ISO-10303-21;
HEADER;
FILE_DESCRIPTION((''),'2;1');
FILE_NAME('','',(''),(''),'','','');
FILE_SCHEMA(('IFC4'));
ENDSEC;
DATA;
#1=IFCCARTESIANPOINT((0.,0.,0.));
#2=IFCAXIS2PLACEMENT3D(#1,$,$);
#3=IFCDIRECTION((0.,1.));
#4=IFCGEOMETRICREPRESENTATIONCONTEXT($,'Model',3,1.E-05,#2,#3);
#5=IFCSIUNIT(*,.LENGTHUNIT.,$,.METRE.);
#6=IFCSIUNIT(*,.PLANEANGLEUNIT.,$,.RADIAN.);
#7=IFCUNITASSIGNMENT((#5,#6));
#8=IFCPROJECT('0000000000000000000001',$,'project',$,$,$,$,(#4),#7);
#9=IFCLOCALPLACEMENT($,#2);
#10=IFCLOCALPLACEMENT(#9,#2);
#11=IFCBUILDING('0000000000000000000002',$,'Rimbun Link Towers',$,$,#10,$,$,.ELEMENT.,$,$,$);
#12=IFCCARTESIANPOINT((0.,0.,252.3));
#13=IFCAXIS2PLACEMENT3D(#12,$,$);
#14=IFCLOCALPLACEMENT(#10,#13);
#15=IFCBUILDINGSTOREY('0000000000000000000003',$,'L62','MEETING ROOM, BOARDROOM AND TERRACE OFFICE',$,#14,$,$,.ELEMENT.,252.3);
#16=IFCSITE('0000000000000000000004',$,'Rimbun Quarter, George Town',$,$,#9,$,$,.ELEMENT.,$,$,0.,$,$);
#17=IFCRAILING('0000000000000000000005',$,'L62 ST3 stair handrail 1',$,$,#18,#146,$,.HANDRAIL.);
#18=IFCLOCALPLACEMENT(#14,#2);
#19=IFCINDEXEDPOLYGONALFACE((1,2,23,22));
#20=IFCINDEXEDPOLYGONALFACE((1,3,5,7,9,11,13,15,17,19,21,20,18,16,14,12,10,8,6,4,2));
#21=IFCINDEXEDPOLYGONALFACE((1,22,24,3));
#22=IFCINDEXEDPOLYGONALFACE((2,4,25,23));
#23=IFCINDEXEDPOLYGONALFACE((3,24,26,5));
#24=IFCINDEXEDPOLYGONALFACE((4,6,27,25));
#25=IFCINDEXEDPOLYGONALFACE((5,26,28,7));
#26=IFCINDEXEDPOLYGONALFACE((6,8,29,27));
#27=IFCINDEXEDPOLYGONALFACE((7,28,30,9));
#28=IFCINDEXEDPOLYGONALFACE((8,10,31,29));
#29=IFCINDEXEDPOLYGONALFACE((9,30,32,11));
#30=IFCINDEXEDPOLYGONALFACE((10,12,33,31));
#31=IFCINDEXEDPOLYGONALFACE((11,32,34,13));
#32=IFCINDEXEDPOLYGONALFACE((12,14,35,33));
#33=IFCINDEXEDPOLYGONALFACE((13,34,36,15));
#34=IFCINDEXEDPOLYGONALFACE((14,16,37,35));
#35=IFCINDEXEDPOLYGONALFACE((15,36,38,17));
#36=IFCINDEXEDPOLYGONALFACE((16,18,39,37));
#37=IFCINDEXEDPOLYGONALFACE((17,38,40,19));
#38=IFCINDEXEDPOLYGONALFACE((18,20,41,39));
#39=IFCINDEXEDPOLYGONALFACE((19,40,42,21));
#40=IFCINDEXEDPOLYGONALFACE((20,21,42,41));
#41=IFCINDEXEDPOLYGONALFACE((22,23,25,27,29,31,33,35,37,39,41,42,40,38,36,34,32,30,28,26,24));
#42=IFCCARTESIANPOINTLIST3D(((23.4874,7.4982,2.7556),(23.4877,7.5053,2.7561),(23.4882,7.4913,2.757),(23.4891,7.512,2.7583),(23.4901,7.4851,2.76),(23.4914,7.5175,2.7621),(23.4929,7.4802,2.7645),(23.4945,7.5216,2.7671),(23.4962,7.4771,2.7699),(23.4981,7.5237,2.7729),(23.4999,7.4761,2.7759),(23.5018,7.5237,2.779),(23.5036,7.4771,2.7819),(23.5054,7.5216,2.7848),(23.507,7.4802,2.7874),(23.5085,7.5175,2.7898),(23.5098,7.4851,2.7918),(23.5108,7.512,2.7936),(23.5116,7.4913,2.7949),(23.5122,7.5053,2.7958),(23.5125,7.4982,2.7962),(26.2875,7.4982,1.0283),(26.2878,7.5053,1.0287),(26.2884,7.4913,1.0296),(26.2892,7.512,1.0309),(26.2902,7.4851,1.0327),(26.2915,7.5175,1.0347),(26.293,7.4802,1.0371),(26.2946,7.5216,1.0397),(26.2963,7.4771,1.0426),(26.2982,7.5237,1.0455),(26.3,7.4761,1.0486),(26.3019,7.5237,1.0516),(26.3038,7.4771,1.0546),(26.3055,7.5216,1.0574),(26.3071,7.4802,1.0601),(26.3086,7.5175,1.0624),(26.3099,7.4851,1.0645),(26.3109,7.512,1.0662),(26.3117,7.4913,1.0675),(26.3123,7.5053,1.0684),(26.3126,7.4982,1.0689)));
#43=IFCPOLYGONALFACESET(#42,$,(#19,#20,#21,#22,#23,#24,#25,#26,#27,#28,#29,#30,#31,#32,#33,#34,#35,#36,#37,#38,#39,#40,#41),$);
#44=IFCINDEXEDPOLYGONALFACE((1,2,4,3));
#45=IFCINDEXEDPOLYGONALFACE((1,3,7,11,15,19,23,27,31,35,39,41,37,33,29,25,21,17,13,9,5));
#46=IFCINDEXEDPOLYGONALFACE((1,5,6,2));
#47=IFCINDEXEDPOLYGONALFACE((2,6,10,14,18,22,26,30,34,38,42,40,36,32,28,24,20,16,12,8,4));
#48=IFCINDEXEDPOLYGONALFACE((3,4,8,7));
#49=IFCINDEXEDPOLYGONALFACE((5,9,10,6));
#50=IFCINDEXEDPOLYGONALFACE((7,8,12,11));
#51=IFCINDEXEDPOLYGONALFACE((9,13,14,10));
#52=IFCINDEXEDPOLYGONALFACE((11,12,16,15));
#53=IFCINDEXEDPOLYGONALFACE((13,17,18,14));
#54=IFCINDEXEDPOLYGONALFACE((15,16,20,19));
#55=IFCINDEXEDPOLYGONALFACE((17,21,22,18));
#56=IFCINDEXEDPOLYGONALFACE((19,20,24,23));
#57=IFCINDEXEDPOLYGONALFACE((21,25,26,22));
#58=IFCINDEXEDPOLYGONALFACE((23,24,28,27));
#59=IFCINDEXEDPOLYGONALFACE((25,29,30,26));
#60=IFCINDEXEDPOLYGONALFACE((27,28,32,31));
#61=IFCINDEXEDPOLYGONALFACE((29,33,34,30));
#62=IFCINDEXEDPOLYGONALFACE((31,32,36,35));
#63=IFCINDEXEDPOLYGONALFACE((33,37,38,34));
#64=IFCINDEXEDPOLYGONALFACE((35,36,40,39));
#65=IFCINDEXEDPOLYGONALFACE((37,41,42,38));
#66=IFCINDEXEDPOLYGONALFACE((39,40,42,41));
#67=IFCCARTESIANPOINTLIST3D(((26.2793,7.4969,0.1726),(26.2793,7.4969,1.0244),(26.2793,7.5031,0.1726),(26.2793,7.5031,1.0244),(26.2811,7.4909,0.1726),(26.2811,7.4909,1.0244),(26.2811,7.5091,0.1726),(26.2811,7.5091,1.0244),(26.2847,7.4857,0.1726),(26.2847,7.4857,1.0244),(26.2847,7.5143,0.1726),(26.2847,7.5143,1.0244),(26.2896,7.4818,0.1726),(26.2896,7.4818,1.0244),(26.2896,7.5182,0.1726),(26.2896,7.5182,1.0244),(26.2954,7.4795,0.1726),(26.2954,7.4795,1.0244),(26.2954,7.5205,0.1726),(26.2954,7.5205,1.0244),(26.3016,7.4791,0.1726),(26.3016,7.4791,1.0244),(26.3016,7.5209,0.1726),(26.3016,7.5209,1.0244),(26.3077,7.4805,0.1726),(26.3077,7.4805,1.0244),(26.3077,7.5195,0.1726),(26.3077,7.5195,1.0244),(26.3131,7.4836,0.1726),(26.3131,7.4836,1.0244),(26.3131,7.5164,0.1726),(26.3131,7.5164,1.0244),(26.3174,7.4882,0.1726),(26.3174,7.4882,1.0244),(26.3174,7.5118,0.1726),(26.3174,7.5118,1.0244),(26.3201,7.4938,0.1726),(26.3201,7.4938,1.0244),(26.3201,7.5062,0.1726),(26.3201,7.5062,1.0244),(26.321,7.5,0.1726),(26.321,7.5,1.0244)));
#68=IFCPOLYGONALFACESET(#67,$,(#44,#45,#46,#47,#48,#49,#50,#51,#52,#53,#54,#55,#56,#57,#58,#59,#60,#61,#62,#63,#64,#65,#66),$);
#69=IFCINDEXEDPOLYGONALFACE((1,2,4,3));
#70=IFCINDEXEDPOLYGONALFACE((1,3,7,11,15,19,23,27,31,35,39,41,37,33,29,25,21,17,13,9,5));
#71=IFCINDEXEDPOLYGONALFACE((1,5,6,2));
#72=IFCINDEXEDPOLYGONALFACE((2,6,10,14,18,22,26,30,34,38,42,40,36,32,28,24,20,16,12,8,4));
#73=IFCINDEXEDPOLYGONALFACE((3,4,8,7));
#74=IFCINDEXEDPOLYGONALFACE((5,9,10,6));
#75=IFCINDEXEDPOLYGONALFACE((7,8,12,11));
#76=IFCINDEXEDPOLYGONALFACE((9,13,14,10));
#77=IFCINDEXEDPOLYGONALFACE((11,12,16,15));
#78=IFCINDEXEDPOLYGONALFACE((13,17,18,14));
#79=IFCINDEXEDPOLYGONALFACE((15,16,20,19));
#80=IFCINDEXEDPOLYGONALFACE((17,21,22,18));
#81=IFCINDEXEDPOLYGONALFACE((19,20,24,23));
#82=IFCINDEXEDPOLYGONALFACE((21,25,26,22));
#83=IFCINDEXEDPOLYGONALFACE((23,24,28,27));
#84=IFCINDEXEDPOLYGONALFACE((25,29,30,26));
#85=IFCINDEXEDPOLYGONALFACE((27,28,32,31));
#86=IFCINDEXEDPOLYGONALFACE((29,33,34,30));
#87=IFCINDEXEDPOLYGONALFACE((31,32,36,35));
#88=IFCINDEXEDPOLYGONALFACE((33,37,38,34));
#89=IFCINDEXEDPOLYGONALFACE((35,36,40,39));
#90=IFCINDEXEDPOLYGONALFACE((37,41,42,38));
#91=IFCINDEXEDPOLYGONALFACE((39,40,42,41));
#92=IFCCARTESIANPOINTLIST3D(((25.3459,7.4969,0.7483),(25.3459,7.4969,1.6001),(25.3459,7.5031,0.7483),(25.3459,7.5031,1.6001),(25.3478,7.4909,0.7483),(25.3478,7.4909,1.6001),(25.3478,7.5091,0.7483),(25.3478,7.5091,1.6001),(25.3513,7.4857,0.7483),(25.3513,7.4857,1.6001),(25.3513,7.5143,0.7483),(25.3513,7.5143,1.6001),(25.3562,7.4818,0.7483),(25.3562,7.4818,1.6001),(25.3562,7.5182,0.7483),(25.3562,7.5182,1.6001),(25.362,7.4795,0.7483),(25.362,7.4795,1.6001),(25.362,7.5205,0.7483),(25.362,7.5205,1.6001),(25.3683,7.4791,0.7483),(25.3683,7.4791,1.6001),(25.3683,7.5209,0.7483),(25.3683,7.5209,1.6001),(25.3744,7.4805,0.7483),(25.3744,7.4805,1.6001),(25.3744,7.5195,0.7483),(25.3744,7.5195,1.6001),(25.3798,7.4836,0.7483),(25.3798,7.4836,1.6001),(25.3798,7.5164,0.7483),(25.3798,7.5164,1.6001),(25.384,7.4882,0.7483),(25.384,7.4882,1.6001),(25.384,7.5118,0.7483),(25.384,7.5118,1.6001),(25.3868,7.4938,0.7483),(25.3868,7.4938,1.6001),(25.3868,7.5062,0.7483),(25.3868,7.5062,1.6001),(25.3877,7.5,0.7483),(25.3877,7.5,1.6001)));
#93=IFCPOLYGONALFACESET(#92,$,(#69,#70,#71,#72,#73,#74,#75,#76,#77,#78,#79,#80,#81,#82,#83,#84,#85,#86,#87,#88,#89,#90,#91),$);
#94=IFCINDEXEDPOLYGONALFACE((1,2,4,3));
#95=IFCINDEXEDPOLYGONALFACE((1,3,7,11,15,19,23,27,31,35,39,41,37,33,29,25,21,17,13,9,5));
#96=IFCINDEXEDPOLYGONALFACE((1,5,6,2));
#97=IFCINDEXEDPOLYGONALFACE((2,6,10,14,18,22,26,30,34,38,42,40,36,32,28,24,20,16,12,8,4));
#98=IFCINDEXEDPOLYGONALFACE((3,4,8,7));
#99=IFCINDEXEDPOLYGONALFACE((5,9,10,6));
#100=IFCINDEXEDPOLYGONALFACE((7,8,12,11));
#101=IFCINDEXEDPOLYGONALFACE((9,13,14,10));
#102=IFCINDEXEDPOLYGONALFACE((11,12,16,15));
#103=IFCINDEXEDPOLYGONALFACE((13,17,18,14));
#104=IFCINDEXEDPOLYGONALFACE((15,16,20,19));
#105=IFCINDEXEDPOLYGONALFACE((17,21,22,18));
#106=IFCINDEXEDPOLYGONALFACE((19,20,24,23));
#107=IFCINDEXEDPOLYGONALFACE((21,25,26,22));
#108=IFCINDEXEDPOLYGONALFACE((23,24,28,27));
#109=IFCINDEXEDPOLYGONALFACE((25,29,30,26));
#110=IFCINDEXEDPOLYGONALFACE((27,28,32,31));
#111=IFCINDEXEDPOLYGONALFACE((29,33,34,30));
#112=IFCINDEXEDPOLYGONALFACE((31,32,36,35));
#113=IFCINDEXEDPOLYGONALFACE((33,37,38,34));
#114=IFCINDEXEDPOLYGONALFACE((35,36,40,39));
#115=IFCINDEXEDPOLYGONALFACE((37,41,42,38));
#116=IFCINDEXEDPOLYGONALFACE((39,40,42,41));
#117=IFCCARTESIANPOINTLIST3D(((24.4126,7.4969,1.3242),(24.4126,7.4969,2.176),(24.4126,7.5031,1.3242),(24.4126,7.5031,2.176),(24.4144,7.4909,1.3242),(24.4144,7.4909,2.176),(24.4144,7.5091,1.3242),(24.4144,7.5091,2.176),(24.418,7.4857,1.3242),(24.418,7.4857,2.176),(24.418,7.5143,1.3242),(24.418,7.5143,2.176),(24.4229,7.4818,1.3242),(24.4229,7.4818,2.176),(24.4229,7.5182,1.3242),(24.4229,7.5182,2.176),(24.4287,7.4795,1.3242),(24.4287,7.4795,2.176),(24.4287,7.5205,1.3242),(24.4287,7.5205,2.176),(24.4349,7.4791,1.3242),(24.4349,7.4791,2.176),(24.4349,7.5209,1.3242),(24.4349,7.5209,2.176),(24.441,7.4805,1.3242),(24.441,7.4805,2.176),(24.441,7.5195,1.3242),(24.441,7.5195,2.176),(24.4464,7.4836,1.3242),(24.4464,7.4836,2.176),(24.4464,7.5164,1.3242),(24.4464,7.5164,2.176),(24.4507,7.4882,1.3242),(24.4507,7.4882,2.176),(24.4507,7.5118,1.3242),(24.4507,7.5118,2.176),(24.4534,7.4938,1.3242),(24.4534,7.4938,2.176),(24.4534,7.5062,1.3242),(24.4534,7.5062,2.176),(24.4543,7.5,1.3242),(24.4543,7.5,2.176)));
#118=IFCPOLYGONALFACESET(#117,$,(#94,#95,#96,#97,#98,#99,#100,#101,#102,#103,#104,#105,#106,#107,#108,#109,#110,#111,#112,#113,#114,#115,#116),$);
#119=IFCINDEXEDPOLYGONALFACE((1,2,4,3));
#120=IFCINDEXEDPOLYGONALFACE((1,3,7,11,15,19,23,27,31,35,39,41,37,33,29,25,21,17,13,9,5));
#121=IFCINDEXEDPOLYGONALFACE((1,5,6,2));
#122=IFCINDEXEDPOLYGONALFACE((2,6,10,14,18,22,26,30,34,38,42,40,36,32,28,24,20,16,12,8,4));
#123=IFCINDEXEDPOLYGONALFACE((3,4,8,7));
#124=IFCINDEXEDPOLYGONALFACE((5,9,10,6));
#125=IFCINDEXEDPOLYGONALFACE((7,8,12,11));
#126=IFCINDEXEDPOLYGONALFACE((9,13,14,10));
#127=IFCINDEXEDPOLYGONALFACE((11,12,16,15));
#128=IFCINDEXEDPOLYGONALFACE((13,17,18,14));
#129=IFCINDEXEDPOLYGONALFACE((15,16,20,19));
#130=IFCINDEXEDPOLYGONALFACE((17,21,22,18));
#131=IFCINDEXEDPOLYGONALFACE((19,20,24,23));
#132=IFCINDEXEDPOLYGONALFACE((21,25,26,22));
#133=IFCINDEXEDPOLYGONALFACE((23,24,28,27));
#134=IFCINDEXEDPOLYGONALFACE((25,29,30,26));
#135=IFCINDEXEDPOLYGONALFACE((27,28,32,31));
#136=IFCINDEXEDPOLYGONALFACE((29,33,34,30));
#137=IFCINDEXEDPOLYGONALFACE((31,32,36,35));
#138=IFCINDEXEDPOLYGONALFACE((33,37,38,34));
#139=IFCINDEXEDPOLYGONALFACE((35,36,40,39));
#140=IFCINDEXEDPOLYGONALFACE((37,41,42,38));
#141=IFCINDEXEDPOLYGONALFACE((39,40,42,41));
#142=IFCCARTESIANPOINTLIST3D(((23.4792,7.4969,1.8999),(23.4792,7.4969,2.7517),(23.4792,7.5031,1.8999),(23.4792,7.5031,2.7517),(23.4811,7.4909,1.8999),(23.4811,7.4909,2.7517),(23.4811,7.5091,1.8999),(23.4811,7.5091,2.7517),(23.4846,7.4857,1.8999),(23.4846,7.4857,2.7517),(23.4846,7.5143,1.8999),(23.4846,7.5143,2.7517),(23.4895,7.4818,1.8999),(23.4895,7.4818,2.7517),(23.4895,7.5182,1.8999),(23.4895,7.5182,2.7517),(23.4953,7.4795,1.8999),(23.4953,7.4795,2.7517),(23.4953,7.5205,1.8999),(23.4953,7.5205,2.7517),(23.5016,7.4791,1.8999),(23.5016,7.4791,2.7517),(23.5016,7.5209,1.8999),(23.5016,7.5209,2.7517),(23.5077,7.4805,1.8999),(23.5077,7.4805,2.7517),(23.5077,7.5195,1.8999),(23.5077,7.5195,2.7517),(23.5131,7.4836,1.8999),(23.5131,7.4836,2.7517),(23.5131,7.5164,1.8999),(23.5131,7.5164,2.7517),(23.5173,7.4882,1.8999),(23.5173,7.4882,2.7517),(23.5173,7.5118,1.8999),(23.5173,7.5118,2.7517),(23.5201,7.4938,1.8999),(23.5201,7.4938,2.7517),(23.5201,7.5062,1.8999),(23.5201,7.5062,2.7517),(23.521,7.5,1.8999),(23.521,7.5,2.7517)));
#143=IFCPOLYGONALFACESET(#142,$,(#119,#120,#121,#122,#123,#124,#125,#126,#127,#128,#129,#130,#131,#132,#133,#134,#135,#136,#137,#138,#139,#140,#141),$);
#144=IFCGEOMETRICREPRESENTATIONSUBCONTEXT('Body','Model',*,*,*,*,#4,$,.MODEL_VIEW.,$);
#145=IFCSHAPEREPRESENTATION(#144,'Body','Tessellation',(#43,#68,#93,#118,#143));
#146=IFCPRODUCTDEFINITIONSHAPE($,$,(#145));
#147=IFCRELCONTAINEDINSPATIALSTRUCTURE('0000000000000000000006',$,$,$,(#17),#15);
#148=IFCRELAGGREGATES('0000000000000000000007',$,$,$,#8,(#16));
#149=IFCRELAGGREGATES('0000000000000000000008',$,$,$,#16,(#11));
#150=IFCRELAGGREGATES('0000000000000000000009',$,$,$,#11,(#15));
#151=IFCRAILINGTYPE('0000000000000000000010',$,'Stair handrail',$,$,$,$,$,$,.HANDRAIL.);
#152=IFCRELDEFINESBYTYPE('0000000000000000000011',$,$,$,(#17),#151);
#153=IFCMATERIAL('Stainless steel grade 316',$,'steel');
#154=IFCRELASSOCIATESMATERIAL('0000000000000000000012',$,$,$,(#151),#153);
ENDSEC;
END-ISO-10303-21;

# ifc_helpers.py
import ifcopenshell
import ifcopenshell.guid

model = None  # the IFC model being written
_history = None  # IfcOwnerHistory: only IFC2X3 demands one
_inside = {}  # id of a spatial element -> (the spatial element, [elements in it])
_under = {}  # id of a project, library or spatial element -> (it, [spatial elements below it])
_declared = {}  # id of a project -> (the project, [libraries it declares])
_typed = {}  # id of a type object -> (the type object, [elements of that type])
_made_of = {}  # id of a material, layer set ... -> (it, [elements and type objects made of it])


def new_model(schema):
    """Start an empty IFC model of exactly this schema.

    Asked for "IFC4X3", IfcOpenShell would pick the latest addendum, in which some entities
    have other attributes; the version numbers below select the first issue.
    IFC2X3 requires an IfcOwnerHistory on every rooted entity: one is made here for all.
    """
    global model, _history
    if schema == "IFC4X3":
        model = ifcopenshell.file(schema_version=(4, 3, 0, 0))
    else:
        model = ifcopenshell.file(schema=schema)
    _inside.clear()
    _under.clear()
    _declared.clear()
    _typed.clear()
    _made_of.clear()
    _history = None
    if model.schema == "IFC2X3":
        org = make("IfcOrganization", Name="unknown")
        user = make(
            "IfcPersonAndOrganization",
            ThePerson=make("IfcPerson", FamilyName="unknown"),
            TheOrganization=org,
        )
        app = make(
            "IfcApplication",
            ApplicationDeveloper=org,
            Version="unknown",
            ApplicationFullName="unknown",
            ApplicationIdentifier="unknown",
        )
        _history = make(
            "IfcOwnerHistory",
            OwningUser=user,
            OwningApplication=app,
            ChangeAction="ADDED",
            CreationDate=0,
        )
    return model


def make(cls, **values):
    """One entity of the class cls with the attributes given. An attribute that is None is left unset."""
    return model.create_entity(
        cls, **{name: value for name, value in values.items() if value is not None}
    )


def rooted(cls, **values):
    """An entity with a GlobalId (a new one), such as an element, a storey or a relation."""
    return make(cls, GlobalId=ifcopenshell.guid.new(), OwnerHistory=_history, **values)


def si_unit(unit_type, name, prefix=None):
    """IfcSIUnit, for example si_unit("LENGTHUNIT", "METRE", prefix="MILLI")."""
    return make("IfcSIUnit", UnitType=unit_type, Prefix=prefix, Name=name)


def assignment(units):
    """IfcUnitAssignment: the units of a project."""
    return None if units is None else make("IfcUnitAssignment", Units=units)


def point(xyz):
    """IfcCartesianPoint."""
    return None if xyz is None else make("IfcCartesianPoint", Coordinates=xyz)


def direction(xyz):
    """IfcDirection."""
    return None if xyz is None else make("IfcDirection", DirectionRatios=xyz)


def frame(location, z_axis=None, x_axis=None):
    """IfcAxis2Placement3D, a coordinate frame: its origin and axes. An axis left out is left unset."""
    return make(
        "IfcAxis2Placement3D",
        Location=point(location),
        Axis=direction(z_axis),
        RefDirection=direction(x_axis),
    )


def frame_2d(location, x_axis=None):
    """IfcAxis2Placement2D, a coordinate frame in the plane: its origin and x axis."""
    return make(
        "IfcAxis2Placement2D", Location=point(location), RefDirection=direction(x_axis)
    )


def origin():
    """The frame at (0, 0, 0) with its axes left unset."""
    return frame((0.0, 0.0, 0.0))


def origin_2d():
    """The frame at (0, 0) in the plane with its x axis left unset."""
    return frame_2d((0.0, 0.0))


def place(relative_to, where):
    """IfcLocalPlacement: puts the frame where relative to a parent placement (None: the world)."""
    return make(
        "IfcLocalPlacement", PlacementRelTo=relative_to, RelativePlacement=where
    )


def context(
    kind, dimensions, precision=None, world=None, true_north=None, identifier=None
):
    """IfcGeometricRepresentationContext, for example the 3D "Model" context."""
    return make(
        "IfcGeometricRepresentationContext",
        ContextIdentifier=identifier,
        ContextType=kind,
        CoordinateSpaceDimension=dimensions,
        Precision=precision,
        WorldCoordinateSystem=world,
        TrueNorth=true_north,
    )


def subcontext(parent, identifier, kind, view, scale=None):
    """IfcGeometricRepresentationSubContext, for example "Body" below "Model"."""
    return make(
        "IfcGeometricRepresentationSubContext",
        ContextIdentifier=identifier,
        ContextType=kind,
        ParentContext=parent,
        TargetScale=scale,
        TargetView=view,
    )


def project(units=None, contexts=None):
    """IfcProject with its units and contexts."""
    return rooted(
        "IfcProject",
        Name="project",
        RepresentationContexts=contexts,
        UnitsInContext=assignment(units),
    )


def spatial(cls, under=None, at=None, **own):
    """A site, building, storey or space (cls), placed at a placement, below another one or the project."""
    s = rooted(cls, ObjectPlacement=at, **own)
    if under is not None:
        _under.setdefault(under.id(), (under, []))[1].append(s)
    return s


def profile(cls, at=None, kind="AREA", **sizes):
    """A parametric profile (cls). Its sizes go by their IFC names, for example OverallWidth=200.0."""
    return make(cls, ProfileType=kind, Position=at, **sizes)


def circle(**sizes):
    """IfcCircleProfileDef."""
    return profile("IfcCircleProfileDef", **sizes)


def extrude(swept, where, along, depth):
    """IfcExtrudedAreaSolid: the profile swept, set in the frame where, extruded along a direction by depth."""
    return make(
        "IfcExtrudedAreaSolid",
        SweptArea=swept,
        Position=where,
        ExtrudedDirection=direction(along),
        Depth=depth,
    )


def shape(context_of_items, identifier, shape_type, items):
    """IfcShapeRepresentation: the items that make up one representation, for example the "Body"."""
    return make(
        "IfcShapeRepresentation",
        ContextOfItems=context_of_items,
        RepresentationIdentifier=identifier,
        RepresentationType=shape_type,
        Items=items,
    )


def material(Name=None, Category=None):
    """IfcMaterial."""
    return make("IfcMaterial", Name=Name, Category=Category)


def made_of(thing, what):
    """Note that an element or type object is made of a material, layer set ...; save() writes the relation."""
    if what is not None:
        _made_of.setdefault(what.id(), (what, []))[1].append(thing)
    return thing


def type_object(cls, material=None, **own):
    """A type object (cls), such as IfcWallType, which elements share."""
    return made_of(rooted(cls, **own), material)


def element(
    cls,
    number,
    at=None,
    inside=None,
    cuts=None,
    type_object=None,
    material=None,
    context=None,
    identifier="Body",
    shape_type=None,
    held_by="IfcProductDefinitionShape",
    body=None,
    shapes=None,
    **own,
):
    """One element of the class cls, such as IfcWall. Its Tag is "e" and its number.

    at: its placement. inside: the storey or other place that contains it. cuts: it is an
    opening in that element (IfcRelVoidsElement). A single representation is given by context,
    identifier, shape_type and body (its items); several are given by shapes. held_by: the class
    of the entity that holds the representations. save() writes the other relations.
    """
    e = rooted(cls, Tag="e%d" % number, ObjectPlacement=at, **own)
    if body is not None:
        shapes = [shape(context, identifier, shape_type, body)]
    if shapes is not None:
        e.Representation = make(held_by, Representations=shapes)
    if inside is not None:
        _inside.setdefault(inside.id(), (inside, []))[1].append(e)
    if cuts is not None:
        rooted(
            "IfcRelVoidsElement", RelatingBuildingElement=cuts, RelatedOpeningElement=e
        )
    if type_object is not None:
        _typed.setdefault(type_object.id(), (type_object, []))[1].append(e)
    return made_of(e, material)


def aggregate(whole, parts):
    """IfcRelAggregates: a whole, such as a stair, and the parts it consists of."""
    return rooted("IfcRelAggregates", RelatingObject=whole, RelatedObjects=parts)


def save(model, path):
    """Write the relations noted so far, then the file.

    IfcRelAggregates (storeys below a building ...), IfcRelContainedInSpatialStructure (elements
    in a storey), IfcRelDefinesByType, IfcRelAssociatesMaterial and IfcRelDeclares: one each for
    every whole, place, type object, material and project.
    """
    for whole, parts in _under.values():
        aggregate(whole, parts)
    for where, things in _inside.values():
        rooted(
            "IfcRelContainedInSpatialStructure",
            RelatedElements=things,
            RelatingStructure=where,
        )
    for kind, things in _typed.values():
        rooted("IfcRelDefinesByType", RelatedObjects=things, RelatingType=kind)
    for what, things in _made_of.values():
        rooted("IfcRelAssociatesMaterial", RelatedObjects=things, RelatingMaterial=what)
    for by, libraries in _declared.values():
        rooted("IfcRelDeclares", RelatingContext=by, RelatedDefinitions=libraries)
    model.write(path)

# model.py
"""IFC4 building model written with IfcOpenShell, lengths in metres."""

from ifc_helpers import new_model, si_unit, direction, frame, origin, origin_2d, place, context, subcontext, project, spatial, circle, extrude, material, type_object, element, save


model = new_model("IFC4")

# Units and contexts
model_context = context("Model", 3, precision=1e-05, world=origin(), true_north=direction((0.0, 1.0)))
body_context = subcontext(model_context, "Body", "Model", "MODEL_VIEW")
ifc_project = project(units=[si_unit("LENGTHUNIT", "METRE"), si_unit("PLANEANGLEUNIT", "RADIAN")], contexts=[model_context])

# Site, building, storey
site_placement = place(None, origin())
site = spatial("IfcSite", under=ifc_project, at=site_placement, Name="Rimbun Quarter, George Town", CompositionType="ELEMENT", RefElevation=0.0)
building_placement = place(site_placement, origin())
building = spatial("IfcBuilding", under=site, at=building_placement, Name="Rimbun Link Towers", CompositionType="ELEMENT")
storey_placement = place(building_placement, frame((0.0, 0.0, 252.3)))
storey = spatial("IfcBuildingStorey", under=building, at=storey_placement, Name="L62", Description="MEETING ROOM, BOARDROOM AND TERRACE OFFICE", CompositionType="ELEMENT", Elevation=252.3)

# Railing
ifc_material_1 = material(Name="Stainless steel grade 316", Category="steel")
railing_type_1 = type_object("IfcRailingType", Name="Stair handrail", PredefinedType="HANDRAIL", material=ifc_material_1)
railing_1_placement = place(storey_placement, frame((26.3, 7.5, 0.1726)))
element("IfcRailing", 1, at=railing_1_placement, inside=storey, type_object=railing_type_1, Name="L62 ST3 stair handrail 1", PredefinedType="HANDRAIL", context=body_context, shape_type="SweptSolid", body=[
    extrude(circle(Radius=0.0239, at=origin_2d()), frame((0.0, 0.0, 0.876), z_axis=(-0.85109, 0.0, 0.52502), x_axis=(0.0, -1.0, 0.0)), (0.0, 0.0, 1.0), 3.29),
    extrude(circle(Radius=0.021, at=origin_2d()), origin(), (0.0, 0.0, 1.0), 0.8518),
    extrude(circle(Radius=0.021, at=origin_2d()), frame((-0.9333, 0.0, 0.5757)), (0.0, 0.0, 1.0), 0.8518),
    extrude(circle(Radius=0.021, at=origin_2d()), frame((-1.8667, 0.0, 1.1516)), (0.0, 0.0, 1.0), 0.8518),
    extrude(circle(Radius=0.021, at=origin_2d()), frame((-2.8, 0.0, 1.7273)), (0.0, 0.0, 1.0), 0.8518),
])

save(model, "model.ifc")
